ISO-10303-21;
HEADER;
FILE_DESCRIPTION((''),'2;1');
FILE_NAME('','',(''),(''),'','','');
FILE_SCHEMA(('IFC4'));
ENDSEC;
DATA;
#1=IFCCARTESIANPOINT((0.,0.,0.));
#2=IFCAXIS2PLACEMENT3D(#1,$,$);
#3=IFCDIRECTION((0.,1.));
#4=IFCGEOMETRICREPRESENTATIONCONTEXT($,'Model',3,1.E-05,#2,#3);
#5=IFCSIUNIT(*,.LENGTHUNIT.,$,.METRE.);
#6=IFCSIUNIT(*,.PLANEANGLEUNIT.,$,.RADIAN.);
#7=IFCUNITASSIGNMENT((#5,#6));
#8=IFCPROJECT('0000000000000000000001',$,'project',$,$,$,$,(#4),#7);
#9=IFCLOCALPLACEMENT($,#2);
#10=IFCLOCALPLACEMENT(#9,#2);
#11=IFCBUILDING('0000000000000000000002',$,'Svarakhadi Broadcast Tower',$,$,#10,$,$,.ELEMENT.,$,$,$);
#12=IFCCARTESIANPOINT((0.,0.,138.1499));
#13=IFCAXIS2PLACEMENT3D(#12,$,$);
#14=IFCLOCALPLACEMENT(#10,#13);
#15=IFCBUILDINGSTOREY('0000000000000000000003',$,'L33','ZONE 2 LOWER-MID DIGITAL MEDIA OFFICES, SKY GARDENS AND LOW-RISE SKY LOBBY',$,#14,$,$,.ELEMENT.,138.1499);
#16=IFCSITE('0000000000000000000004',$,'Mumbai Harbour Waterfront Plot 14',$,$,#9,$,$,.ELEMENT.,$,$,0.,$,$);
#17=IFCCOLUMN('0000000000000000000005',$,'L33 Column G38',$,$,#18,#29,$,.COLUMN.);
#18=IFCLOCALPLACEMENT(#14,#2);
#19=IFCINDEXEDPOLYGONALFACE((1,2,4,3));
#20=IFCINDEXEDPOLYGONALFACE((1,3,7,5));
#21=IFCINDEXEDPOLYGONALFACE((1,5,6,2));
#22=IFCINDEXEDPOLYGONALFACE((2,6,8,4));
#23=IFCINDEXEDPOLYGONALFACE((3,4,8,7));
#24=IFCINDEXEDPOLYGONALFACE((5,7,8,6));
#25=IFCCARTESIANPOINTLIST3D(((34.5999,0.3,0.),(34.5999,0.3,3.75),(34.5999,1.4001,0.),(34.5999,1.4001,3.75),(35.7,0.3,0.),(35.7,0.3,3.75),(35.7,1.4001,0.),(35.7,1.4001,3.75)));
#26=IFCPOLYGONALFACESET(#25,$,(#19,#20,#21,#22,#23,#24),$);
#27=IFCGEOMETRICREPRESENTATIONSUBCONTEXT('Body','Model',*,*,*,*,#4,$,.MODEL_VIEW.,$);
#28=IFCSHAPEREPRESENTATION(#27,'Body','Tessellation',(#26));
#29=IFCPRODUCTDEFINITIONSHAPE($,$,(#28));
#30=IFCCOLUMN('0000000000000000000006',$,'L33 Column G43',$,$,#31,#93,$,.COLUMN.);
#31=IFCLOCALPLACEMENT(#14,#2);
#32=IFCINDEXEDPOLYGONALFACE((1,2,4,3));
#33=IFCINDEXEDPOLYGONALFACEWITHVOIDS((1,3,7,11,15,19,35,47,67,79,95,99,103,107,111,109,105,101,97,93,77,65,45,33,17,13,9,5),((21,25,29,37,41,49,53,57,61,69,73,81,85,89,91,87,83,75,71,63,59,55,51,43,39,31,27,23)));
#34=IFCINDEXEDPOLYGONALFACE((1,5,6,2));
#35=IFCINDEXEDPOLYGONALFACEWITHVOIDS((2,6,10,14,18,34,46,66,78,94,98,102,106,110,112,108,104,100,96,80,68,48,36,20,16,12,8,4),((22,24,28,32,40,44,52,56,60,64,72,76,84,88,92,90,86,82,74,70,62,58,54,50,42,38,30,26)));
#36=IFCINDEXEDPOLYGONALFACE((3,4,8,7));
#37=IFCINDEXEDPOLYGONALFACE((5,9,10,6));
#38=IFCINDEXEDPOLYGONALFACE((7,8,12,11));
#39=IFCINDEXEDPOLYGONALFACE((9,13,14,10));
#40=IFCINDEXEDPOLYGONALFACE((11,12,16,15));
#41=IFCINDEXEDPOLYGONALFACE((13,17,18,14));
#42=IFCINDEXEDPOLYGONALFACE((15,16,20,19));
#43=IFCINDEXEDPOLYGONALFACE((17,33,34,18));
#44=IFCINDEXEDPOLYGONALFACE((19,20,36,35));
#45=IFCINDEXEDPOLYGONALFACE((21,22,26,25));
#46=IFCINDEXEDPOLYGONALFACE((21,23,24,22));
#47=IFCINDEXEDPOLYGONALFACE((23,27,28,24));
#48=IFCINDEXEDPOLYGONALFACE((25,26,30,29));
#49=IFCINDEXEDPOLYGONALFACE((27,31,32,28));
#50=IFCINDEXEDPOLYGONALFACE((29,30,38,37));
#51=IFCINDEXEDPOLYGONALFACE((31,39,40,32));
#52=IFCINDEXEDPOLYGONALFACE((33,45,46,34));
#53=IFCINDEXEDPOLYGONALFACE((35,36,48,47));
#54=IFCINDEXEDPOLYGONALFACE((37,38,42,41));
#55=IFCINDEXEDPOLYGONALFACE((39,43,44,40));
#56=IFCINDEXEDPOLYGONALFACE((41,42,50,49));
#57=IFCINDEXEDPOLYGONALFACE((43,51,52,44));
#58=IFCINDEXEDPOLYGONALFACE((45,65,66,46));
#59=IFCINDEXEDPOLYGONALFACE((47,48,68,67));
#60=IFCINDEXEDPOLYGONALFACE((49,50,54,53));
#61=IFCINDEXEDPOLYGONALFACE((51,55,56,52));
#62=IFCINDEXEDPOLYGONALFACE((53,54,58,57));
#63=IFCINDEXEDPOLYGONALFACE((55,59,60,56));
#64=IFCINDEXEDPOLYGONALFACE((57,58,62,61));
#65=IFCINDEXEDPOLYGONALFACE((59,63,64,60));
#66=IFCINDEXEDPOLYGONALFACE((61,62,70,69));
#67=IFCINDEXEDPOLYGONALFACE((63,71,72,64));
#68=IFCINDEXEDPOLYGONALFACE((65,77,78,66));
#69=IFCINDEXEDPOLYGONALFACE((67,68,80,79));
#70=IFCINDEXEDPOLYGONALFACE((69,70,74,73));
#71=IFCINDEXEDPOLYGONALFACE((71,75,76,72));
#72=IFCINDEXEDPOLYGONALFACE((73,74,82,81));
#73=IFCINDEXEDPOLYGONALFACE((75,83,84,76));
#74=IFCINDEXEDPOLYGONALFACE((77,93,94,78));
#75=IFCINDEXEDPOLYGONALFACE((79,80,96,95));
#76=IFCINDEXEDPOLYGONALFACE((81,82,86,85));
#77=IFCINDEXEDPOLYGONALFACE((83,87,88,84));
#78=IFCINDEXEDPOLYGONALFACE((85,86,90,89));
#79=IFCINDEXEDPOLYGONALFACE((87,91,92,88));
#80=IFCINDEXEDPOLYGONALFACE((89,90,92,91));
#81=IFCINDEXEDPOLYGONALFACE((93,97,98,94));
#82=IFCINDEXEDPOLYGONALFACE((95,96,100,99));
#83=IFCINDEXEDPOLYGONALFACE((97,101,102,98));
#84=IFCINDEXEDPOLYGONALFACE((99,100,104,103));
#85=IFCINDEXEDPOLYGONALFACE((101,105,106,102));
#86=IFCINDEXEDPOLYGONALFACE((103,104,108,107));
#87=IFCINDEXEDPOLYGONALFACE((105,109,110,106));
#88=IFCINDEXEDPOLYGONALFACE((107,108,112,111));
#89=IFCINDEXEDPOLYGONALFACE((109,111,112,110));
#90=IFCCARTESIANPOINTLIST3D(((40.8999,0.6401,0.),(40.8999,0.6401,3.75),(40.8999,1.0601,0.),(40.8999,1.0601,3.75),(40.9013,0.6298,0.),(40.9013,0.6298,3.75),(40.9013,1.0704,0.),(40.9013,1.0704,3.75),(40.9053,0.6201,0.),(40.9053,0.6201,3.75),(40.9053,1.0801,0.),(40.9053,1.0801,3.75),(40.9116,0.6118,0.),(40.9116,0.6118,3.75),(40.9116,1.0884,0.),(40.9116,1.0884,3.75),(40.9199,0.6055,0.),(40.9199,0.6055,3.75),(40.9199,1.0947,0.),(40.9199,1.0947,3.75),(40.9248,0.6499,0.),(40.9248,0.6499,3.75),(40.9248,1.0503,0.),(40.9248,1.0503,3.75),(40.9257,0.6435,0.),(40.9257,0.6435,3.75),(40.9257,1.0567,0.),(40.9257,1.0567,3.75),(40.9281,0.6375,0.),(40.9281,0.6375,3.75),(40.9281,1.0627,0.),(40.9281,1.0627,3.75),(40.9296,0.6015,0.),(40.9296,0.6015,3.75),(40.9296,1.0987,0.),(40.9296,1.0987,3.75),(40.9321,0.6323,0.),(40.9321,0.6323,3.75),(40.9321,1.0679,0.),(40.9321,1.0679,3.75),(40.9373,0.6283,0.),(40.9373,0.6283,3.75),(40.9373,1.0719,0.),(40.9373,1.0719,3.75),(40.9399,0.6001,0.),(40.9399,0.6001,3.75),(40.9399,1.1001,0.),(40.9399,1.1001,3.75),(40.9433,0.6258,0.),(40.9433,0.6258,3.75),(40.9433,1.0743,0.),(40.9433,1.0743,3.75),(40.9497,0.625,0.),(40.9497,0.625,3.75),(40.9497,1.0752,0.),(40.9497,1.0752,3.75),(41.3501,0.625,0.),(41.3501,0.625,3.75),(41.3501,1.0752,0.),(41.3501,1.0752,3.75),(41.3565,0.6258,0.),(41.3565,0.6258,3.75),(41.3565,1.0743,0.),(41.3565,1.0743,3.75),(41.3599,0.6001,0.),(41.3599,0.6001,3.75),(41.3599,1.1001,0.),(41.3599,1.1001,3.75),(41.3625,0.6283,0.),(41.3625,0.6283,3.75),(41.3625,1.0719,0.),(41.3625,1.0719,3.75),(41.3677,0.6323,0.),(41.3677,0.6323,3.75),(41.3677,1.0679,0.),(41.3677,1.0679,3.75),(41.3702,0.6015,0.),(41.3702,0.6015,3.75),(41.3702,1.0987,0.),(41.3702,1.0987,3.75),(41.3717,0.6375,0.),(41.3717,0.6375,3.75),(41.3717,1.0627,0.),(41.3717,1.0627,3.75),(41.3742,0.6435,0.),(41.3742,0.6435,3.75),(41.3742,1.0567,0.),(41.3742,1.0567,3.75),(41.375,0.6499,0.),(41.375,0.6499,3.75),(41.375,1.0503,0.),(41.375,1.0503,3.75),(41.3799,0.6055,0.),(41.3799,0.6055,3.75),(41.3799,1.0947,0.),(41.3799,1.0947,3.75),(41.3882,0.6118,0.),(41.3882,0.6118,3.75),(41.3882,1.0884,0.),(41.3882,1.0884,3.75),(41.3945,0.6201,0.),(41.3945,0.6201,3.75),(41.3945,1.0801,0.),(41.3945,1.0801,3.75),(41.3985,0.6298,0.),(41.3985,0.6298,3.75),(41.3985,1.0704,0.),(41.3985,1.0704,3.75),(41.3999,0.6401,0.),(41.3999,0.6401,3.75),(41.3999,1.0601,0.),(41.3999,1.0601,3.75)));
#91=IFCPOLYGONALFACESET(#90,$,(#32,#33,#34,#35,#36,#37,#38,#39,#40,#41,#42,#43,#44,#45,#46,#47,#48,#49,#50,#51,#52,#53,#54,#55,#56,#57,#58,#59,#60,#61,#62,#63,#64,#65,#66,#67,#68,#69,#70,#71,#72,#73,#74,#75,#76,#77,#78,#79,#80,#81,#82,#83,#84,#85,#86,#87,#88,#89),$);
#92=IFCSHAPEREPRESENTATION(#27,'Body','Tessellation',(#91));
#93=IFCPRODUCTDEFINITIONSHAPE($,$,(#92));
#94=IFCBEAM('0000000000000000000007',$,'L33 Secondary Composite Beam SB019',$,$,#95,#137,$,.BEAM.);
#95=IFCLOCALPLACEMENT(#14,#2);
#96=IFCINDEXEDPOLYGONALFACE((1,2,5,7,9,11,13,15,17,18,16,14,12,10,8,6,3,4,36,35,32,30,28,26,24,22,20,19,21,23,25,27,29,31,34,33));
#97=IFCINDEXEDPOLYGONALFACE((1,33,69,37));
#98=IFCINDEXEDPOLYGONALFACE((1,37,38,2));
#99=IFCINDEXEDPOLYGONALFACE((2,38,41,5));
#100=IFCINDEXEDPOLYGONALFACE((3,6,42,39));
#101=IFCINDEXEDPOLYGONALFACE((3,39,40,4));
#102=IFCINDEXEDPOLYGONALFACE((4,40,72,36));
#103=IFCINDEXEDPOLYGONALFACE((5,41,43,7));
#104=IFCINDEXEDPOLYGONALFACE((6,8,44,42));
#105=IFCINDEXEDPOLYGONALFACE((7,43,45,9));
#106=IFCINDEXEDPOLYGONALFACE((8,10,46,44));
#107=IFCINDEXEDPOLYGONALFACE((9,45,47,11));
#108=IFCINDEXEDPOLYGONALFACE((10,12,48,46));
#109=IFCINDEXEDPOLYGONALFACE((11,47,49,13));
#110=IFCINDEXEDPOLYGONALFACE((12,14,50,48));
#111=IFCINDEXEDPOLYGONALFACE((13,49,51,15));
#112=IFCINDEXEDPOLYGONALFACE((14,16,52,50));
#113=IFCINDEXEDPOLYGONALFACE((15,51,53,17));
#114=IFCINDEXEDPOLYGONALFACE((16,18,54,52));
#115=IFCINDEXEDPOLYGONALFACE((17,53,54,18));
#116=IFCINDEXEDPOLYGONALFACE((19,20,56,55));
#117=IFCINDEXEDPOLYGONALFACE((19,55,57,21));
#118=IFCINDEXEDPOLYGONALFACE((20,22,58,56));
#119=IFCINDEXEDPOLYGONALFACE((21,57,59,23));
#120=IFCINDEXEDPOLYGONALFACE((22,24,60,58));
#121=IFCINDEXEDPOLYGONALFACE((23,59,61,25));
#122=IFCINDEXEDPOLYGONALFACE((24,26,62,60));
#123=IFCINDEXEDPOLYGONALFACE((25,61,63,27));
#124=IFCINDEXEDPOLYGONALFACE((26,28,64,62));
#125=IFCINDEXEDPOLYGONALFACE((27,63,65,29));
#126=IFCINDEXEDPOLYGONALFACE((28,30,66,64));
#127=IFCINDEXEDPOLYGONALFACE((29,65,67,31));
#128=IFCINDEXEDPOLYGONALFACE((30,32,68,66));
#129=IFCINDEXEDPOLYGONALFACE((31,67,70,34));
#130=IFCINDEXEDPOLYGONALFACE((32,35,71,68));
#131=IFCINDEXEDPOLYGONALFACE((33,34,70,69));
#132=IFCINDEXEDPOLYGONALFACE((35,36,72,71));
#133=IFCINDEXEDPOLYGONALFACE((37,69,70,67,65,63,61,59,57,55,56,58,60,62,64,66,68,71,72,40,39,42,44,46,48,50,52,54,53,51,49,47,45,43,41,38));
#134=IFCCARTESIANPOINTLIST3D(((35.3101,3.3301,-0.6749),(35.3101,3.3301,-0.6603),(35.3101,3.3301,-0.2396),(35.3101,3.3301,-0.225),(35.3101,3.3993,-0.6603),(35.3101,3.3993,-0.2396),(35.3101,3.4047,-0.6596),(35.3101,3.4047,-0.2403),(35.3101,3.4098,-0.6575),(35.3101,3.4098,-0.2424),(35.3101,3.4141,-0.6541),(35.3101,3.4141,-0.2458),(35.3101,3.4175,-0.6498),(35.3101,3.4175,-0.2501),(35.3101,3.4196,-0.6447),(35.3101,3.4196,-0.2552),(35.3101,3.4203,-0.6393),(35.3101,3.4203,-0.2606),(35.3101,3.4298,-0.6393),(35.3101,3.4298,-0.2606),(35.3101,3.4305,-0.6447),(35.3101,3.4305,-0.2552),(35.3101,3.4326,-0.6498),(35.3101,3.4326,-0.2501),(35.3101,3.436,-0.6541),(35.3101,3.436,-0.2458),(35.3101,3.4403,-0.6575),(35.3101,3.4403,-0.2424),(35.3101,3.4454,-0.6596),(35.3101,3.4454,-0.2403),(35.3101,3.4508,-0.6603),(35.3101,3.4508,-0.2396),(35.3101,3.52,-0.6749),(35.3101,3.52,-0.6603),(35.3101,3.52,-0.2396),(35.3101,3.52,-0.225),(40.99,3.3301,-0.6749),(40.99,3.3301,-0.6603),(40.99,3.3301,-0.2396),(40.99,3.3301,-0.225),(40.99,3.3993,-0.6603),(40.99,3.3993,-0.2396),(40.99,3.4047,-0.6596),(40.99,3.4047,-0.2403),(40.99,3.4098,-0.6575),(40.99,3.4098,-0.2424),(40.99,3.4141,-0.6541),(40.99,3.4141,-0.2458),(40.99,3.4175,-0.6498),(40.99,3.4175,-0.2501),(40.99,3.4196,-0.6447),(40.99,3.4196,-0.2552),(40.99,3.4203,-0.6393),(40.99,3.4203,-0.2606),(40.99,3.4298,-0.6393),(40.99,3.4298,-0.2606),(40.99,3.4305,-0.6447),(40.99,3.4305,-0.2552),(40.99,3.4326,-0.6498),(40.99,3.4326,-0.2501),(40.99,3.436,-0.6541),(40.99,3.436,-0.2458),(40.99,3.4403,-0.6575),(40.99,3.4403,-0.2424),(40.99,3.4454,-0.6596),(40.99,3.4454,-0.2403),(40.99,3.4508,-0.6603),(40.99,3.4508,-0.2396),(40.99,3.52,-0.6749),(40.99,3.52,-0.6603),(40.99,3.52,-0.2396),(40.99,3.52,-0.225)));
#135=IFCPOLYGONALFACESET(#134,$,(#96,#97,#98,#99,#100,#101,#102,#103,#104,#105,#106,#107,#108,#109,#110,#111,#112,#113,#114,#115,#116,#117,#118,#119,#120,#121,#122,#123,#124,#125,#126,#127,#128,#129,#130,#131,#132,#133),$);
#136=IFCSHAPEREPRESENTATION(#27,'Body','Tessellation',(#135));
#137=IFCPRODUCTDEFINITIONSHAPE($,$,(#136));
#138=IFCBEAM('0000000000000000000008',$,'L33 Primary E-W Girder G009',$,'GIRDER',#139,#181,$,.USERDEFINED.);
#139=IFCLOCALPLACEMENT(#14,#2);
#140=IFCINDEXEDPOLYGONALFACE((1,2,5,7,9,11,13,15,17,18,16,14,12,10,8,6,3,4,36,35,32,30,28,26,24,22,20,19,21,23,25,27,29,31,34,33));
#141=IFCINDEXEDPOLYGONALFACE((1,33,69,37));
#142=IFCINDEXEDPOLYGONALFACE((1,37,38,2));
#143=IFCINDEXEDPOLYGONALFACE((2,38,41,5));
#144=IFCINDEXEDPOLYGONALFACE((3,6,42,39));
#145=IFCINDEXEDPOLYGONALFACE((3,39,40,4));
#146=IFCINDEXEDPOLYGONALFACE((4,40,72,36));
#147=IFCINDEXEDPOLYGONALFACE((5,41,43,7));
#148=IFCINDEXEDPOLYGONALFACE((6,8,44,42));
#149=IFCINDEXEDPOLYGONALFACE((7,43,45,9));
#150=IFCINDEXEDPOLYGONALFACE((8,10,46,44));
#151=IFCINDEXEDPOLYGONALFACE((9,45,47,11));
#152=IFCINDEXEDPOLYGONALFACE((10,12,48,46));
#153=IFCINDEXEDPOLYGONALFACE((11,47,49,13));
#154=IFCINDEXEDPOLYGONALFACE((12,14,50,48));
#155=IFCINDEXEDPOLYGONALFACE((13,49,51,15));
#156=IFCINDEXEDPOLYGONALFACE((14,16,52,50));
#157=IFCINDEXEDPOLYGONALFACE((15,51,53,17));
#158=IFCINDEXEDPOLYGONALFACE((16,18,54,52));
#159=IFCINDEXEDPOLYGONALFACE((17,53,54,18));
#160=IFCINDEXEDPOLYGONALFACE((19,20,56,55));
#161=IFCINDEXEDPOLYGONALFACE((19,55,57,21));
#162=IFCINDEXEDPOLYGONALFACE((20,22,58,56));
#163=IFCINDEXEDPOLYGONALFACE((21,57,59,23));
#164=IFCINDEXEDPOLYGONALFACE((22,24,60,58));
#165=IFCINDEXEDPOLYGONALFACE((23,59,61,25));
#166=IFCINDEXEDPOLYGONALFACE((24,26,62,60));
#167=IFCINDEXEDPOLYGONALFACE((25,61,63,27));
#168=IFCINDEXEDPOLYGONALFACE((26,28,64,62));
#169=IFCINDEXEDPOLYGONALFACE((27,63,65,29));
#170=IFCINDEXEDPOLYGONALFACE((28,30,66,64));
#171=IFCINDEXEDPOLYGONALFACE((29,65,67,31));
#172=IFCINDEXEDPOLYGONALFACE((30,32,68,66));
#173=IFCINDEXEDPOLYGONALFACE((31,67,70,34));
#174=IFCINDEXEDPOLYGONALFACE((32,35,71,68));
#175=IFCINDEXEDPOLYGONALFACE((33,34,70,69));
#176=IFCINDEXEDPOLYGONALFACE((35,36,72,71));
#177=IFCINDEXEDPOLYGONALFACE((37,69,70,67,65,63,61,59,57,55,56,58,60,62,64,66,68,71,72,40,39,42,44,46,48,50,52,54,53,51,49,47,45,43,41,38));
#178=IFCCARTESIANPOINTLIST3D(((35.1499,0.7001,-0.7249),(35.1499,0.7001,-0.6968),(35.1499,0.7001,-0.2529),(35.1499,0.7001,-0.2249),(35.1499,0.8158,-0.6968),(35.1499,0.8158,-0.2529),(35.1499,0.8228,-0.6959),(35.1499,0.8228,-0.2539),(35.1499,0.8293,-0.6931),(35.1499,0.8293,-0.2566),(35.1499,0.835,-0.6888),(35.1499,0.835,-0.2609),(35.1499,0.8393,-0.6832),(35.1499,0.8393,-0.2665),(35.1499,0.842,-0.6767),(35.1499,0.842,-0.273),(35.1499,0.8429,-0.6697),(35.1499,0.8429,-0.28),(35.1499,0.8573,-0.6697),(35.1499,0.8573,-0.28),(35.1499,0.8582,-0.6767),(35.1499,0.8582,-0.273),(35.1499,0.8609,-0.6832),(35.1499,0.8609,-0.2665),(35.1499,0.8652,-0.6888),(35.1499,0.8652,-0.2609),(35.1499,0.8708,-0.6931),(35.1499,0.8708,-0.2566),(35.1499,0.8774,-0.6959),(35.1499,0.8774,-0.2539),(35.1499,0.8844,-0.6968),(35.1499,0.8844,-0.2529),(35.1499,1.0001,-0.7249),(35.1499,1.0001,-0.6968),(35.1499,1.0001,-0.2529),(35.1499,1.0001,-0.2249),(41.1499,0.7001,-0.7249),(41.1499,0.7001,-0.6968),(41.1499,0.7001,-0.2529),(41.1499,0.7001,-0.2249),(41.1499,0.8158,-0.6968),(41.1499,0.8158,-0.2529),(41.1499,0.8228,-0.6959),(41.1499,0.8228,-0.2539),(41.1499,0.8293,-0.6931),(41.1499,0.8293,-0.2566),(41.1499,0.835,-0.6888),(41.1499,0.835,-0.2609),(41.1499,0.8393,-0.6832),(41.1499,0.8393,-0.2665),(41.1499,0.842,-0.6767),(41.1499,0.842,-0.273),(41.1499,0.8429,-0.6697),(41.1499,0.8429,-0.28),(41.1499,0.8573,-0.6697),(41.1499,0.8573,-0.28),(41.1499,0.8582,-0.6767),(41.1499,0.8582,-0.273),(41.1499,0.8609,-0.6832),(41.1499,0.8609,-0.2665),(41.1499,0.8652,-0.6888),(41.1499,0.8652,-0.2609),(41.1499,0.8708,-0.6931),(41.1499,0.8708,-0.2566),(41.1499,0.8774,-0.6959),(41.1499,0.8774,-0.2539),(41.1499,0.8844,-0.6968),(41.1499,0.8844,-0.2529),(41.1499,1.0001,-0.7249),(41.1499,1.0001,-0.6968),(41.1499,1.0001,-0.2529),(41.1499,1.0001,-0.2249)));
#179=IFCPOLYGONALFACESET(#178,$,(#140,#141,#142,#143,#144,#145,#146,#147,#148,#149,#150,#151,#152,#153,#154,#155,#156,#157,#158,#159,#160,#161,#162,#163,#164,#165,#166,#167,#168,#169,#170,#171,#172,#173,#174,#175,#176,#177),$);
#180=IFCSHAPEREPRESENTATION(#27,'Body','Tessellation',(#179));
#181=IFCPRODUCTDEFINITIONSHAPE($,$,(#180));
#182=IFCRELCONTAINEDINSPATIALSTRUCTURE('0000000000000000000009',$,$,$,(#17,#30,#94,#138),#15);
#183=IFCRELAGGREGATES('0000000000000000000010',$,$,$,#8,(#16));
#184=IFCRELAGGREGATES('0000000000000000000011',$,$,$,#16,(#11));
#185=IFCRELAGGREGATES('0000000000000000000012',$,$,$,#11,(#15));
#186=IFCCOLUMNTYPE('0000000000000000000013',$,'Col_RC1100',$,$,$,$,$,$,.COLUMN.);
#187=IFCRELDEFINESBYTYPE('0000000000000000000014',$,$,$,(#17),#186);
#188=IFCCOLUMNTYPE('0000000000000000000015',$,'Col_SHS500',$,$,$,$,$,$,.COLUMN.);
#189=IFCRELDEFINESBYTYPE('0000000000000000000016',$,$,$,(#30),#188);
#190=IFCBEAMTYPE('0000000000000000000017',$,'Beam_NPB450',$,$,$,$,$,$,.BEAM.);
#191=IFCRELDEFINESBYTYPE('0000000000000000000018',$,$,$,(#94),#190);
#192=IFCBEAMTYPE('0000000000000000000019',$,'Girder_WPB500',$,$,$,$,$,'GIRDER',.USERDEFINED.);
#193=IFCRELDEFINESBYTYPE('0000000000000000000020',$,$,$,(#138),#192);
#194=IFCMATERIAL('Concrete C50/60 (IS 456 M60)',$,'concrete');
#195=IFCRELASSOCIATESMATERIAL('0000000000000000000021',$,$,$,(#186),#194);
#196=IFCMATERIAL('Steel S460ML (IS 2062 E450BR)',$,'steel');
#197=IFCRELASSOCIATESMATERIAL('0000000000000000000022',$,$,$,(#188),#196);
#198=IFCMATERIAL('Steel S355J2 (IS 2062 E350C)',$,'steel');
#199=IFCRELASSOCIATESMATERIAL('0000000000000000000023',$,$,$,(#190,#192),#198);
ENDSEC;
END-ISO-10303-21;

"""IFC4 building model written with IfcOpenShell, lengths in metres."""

from ifc_helpers import new_model, si_unit, direction, frame, origin, origin_2d, place, context, subcontext, project, spatial, rectangle, hollow_rectangle, i_section, extrude, material, material_profile, profile_set, type_object, element, save


model = new_model("IFC4")

# Units and contexts
model_context = context("Model", 3, precision=1e-05, world=origin(), true_north=direction((0.0, 1.0)))
body_context = subcontext(model_context, "Body", "Model", "MODEL_VIEW")
ifc_project = project(units=[si_unit("LENGTHUNIT", "METRE"), si_unit("PLANEANGLEUNIT", "RADIAN")], contexts=[model_context])

# Site, building, storey
site_placement = place(None, origin())
site = spatial("IfcSite", under=ifc_project, at=site_placement, Name="Mumbai Harbour Waterfront Plot 14", CompositionType="ELEMENT", RefElevation=0.0)
building_placement = place(site_placement, origin())
building = spatial("IfcBuilding", under=site, at=building_placement, Name="Svarakhadi Broadcast Tower", CompositionType="ELEMENT")
storey_placement = place(building_placement, frame((0.0, 0.0, 138.1499)))
storey = spatial("IfcBuildingStorey", under=building, at=storey_placement, Name="L33", Description="ZONE 2 LOWER-MID DIGITAL MEDIA OFFICES, SKY GARDENS AND LOW-RISE SKY LOBBY", CompositionType="ELEMENT", Elevation=138.1499)

# Columns
ifc_material_1 = material(Name="Concrete C50/60 (IS 456 M60)", Category="concrete")
ifc_material_profile_1 = material_profile(ifc_material_1, rectangle(XDim=1.1001, YDim=1.1001, at=origin_2d()), Name="RC 1100x1100")
ifc_profile_set_1 = profile_set([ifc_material_profile_1], Name="Concrete C50/60 (IS 456 M60)")
column_type_1 = type_object("IfcColumnType", Name="Col_RC1100", PredefinedType="COLUMN", material=ifc_profile_set_1)
column_1_placement = place(storey_placement, frame((35.1499, 0.8501, 0.0), z_axis=(0.0, 0.0, 1.0), x_axis=(1.0, 0.0, 0.0)))
element("IfcColumn", 1, at=column_1_placement, inside=storey, type_object=column_type_1, Name="L33 Column G38", PredefinedType="COLUMN", context=body_context, shape_type="SweptSolid", body=[
    extrude(rectangle(XDim=1.1001, YDim=1.1001, at=origin_2d()), origin(), (0.0, 0.0, 1.0), 3.75),
])
ifc_material_2 = material(Name="Steel S460ML (IS 2062 E450BR)", Category="steel")
ifc_material_profile_2 = material_profile(ifc_material_2, hollow_rectangle(XDim=0.5, YDim=0.5, WallThickness=0.0249, InnerFilletRadius=0.0249, OuterFilletRadius=0.04, at=origin_2d()), Name="SHS 500x500x25")
ifc_profile_set_2 = profile_set([ifc_material_profile_2], Name="Steel S460ML (IS 2062 E450BR)")
column_type_2 = type_object("IfcColumnType", Name="Col_SHS500", PredefinedType="COLUMN", material=ifc_profile_set_2)
column_2_placement = place(storey_placement, frame((41.1499, 0.8501, 0.0), z_axis=(0.0, 0.0, 1.0), x_axis=(1.0, 0.0, 0.0)))
element("IfcColumn", 2, at=column_2_placement, inside=storey, type_object=column_type_2, Name="L33 Column G43", PredefinedType="COLUMN", context=body_context, shape_type="SweptSolid", body=[
    extrude(hollow_rectangle(XDim=0.5, YDim=0.5, WallThickness=0.0249, InnerFilletRadius=0.0249, OuterFilletRadius=0.04, at=origin_2d()), origin(), (0.0, 0.0, 1.0), 3.75),
])

# Beams
ifc_material_3 = material(Name="Steel S355J2 (IS 2062 E350C)", Category="steel")
ifc_material_profile_3 = material_profile(ifc_material_3, i_section(OverallWidth=0.1899, OverallDepth=0.45, WebThickness=0.0095, FlangeThickness=0.0146, FilletRadius=0.021, at=origin_2d()), Name="NPB 450x190x78")
ifc_profile_set_3 = profile_set([ifc_material_profile_3], Name="Steel S355J2 (IS 2062 E350C)")
beam_type_1 = type_object("IfcBeamType", Name="Beam_NPB450", PredefinedType="BEAM", material=ifc_profile_set_3)
beam_1_placement = place(storey_placement, frame((35.3101, 3.425, -0.45), z_axis=(1.0, 0.0, 0.0), x_axis=(0.0, 1.0, 0.0)))
element("IfcBeam", 3, at=beam_1_placement, inside=storey, type_object=beam_type_1, Name="L33 Secondary Composite Beam SB019", PredefinedType="BEAM", context=body_context, shape_type="SweptSolid", body=[
    extrude(i_section(OverallWidth=0.1899, OverallDepth=0.45, WebThickness=0.0095, FlangeThickness=0.0146, FilletRadius=0.021, at=origin_2d()), origin(), (0.0, 0.0, 1.0), 5.6799),
])
ifc_material_profile_4 = material_profile(ifc_material_3, i_section(OverallWidth=0.3, OverallDepth=0.5, WebThickness=0.0144, FlangeThickness=0.0281, FilletRadius=0.0271, at=origin_2d()), Name="WPB 500x300x187")
ifc_profile_set_4 = profile_set([ifc_material_profile_4], Name="Steel S355J2 (IS 2062 E350C)")
beam_type_2 = type_object("IfcBeamType", Name="Girder_WPB500", ElementType="GIRDER", PredefinedType="USERDEFINED", material=ifc_profile_set_4)
beam_2_placement = place(storey_placement, frame((35.1499, 0.8501, -0.4749), z_axis=(1.0, 0.0, 0.0), x_axis=(0.0, 1.0, 0.0)))
element("IfcBeam", 4, at=beam_2_placement, inside=storey, type_object=beam_type_2, Name="L33 Primary E-W Girder G009", ObjectType="GIRDER", PredefinedType="USERDEFINED", context=body_context, shape_type="SweptSolid", body=[
    extrude(i_section(OverallWidth=0.3, OverallDepth=0.5, WebThickness=0.0144, FlangeThickness=0.0281, FilletRadius=0.0271, at=origin_2d()), origin(), (0.0, 0.0, 1.0), 6.0),
])

save(model, "model.ifc")
